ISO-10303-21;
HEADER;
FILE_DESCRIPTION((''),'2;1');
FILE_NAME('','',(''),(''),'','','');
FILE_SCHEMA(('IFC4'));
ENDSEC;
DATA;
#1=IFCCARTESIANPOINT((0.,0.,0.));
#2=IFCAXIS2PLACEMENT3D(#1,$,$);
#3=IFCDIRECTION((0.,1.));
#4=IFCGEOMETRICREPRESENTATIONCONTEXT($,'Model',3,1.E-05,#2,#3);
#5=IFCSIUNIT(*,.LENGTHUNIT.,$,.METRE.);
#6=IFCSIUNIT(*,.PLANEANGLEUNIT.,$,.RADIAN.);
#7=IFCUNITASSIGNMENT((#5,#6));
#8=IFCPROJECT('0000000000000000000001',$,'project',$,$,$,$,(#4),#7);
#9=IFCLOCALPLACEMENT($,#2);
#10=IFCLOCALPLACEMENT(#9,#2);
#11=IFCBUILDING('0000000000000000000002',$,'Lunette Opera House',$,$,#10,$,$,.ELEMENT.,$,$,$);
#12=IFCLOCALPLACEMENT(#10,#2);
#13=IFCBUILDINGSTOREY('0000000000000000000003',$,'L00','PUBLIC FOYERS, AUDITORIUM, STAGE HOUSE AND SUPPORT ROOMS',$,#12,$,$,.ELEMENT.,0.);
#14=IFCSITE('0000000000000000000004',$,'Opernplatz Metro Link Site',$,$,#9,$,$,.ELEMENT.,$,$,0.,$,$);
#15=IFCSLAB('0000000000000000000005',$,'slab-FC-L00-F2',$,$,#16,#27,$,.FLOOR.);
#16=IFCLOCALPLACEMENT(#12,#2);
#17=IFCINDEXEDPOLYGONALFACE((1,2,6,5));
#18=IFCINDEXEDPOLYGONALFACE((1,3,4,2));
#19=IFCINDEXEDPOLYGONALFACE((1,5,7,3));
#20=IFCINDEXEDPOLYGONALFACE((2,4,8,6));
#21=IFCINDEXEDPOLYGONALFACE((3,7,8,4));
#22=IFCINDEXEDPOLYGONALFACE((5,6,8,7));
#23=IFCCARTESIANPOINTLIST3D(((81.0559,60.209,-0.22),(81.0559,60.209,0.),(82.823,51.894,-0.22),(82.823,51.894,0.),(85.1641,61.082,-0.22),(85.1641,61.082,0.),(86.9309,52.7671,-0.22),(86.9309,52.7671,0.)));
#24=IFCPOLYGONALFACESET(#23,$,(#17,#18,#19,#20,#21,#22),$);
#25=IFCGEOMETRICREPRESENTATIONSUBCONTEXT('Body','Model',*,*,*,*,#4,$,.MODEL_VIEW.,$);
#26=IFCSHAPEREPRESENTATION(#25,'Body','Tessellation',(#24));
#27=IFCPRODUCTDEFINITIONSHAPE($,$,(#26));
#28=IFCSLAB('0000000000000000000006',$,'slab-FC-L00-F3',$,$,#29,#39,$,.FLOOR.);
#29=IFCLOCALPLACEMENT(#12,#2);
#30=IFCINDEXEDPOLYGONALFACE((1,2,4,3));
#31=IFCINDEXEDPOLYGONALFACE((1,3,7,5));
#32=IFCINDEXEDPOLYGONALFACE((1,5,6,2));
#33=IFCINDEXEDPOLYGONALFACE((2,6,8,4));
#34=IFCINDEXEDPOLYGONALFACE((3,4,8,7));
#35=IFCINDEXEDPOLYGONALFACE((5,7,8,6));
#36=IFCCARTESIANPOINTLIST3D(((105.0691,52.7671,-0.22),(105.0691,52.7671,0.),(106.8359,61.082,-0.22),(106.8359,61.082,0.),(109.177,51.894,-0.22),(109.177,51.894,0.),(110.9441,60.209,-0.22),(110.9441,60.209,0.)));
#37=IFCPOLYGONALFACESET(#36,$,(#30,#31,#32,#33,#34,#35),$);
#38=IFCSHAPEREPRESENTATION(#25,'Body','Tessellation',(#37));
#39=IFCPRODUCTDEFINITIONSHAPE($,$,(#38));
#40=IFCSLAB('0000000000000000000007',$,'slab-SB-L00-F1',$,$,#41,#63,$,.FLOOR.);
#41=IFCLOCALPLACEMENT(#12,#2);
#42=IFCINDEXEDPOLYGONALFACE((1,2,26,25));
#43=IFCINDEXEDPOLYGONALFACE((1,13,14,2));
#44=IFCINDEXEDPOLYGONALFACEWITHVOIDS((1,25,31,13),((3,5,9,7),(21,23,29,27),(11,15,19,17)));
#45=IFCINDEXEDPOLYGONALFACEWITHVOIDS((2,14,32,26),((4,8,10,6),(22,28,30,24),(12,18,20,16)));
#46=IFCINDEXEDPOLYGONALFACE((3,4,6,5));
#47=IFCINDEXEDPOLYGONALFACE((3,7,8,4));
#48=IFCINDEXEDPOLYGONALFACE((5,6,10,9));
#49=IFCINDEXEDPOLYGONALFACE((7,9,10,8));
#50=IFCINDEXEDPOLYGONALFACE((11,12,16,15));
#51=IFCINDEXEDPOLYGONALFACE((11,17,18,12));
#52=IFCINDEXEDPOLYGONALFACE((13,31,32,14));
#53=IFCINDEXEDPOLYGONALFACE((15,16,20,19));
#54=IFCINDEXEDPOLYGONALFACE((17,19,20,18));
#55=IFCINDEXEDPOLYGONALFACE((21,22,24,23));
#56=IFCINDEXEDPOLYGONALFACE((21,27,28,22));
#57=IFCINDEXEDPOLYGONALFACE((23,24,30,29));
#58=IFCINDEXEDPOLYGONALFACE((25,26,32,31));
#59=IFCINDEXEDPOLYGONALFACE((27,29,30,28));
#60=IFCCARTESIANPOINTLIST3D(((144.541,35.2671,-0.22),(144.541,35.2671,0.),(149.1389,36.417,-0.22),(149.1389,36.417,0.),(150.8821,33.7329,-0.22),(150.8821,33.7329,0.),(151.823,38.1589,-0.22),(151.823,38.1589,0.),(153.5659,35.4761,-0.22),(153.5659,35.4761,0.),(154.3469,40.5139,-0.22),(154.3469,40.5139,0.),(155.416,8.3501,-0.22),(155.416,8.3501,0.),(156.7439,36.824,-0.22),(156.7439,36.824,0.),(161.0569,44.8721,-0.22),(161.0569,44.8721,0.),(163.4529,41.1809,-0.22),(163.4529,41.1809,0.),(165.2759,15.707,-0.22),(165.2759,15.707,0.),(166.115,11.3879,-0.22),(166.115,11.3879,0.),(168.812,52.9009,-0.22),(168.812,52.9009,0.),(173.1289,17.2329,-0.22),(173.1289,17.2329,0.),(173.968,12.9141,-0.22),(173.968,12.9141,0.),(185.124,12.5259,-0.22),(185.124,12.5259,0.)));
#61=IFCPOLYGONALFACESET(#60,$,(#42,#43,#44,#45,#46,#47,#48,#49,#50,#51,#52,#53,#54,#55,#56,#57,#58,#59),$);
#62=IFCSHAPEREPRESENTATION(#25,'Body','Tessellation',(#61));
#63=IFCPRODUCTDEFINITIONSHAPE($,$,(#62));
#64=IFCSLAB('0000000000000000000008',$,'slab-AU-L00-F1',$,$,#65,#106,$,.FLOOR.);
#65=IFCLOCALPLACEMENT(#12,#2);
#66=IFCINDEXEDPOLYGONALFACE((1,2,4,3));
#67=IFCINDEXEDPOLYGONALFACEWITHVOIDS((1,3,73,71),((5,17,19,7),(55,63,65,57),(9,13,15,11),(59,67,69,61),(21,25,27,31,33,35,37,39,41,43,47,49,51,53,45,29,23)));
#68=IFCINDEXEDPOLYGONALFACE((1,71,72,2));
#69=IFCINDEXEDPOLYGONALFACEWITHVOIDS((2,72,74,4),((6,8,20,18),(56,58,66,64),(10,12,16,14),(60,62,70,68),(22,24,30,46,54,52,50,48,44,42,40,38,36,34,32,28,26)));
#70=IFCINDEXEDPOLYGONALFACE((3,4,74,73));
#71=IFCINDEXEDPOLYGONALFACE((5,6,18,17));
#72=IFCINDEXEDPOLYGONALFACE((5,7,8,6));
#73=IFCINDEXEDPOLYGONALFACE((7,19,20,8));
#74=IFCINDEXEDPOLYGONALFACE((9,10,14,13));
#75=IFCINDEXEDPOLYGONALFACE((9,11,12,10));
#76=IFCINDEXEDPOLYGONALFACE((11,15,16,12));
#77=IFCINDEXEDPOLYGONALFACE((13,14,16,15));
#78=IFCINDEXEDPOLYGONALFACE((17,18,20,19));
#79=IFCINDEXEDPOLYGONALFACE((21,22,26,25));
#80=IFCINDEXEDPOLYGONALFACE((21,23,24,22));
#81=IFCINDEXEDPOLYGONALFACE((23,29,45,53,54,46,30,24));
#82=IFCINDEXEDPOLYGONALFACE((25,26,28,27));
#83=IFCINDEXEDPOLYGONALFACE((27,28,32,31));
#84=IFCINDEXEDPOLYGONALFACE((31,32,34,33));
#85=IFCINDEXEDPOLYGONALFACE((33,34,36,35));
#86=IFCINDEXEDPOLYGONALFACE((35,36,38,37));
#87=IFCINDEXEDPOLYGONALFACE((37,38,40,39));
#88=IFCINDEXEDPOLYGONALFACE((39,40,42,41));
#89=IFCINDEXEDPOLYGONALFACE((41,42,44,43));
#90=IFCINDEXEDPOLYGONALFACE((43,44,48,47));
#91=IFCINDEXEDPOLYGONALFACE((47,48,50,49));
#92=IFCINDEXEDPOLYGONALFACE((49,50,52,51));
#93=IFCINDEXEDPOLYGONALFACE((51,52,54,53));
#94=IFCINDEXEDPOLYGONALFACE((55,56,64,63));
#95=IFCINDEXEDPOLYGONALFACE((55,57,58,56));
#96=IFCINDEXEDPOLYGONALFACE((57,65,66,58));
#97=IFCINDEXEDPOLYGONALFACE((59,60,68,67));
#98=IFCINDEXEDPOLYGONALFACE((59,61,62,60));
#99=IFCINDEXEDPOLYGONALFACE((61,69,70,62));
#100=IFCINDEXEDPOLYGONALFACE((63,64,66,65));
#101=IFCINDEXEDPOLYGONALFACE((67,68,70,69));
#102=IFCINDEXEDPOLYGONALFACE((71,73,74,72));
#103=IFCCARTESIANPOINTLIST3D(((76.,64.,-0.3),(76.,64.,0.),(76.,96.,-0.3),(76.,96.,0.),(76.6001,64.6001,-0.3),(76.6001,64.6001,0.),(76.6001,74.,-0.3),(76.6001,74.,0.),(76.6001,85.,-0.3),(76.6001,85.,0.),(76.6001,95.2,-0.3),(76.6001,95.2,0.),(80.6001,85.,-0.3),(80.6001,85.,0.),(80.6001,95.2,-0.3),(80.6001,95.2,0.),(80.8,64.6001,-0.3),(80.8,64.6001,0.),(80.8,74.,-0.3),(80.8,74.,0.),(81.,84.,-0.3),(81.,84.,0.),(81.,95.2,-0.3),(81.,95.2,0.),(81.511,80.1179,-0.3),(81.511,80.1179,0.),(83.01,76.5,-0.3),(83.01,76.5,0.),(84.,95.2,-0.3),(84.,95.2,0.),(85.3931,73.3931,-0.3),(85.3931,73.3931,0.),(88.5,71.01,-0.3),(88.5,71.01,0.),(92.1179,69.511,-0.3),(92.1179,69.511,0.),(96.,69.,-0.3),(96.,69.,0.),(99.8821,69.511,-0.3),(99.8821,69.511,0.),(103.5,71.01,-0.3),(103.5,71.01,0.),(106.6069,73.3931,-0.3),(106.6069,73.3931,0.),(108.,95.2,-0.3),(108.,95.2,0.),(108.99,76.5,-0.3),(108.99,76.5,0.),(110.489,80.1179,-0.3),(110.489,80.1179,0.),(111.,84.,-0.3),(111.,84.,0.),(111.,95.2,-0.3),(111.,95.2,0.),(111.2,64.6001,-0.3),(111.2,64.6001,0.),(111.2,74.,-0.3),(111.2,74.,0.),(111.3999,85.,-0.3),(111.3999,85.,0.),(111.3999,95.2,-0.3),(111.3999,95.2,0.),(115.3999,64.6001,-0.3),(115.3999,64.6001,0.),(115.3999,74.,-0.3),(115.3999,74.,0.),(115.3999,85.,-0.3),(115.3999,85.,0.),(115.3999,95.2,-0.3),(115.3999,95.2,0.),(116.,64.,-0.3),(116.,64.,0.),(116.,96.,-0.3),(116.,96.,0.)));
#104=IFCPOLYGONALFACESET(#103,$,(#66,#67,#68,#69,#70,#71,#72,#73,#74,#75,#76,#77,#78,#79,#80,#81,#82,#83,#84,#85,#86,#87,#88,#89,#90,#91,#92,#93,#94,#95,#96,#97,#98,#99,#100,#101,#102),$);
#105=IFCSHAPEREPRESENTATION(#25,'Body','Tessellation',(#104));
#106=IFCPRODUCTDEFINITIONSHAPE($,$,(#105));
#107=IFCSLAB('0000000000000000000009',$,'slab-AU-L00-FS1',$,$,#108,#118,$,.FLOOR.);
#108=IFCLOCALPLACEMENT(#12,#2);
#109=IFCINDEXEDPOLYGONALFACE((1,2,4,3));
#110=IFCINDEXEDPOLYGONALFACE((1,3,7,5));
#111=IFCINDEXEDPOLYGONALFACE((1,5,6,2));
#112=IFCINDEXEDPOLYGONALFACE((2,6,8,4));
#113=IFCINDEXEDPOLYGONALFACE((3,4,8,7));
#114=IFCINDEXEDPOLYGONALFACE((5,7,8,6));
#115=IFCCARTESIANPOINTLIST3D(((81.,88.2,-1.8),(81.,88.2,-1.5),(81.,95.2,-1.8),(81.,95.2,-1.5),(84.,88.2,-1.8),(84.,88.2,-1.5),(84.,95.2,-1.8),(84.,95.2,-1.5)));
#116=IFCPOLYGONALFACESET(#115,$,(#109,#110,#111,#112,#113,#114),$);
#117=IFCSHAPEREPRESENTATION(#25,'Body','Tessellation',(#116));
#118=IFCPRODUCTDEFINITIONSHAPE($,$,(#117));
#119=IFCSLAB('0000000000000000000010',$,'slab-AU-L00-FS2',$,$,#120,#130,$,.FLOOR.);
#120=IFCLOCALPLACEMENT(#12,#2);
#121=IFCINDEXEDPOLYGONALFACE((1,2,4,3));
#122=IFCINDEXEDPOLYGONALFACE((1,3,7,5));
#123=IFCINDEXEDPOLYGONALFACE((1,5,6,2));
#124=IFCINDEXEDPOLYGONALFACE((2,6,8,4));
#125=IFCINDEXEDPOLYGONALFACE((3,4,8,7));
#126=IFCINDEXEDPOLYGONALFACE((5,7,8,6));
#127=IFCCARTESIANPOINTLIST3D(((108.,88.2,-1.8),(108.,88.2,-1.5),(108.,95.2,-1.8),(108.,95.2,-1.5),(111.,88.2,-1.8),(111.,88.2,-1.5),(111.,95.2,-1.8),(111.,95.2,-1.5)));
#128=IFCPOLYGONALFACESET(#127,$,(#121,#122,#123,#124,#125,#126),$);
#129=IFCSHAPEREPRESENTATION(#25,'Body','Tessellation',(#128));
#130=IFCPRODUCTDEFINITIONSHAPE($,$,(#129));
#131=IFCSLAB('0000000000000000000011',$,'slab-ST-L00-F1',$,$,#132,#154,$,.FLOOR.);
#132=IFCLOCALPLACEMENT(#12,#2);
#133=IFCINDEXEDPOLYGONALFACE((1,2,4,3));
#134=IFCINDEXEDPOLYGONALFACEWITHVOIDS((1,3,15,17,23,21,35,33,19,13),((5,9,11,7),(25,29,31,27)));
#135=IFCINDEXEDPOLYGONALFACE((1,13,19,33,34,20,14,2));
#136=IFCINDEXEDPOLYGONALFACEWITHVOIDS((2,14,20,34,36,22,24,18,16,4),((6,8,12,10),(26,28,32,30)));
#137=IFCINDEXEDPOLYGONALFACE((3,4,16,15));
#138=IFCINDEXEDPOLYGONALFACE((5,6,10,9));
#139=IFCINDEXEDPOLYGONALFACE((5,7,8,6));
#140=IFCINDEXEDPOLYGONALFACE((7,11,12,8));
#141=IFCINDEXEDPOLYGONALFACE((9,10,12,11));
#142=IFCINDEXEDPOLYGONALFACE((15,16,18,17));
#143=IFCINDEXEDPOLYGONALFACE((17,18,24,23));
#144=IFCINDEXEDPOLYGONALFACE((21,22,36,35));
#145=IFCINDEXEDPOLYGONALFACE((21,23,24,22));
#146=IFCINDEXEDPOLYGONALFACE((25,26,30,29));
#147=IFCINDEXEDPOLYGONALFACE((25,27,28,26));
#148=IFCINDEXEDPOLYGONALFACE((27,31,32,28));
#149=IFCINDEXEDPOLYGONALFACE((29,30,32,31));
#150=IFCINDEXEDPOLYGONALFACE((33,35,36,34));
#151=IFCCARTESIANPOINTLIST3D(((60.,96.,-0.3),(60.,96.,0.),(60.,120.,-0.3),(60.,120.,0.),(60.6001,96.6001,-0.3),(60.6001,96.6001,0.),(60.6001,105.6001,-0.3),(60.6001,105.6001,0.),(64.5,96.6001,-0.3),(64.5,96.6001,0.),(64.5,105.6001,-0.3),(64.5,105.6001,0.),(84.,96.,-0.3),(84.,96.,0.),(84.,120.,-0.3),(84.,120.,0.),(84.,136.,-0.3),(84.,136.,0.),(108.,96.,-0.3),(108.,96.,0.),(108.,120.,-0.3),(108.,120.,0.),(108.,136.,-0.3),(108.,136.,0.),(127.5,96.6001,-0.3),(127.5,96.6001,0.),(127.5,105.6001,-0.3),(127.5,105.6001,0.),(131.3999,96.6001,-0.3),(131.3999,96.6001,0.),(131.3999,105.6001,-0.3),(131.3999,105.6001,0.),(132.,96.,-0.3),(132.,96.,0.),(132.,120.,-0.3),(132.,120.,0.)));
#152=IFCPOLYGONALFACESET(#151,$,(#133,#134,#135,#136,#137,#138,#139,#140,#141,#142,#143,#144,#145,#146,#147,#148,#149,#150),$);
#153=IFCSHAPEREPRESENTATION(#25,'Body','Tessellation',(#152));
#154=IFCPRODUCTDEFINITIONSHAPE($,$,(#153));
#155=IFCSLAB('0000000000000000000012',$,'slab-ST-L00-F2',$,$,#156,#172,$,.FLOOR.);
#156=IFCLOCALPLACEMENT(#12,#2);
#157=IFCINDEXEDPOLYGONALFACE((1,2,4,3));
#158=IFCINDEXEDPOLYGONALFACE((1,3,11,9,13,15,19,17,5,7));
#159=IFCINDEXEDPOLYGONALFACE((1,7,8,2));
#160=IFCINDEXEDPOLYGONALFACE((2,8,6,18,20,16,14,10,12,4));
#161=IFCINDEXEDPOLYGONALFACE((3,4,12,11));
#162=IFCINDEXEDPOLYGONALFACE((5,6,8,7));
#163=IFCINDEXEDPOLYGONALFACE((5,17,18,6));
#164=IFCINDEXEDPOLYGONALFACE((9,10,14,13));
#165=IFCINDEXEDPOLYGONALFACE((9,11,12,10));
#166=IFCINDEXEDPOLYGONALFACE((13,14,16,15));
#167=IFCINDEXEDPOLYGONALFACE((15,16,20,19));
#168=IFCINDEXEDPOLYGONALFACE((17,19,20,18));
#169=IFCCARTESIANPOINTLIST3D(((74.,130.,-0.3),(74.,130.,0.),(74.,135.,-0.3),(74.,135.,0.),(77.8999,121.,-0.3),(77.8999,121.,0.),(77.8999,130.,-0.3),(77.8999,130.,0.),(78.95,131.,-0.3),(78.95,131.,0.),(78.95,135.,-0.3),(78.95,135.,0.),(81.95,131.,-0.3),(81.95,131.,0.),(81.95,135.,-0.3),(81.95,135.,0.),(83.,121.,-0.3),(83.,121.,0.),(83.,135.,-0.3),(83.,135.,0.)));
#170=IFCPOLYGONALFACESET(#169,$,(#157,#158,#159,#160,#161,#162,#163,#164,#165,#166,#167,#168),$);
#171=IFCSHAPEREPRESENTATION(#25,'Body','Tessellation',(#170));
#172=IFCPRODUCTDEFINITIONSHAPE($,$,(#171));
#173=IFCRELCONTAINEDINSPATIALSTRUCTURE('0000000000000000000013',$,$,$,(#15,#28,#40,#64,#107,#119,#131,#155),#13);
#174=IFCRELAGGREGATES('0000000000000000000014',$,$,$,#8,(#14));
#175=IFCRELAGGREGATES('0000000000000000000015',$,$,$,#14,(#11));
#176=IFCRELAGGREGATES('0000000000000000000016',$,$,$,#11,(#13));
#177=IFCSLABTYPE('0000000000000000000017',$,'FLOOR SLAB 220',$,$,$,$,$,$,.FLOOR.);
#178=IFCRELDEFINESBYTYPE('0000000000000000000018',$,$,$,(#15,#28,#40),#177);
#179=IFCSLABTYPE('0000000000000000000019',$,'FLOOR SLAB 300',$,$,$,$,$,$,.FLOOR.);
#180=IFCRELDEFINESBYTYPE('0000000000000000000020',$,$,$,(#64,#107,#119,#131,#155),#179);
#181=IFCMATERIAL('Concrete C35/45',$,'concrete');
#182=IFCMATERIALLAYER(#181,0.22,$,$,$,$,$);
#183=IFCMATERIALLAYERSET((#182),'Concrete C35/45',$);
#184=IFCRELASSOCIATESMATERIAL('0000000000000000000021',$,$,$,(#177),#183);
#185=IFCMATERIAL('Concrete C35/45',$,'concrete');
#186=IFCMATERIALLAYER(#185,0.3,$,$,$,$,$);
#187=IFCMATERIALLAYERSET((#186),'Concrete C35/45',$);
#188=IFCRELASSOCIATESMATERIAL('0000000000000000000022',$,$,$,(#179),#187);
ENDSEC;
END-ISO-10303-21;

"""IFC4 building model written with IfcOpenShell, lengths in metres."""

from ifc_helpers import new_model, si_unit, direction, frame, origin, place, context, subcontext, project, spatial, polyline, outline, extrude, material, layer, layer_set, type_object, element, save


model = new_model("IFC4")

# Units and contexts
model_context = context("Model", 3, precision=1e-05, world=origin(), true_north=direction((0.0, 1.0)))
body_context = subcontext(model_context, "Body", "Model", "MODEL_VIEW")
ifc_project = project(units=[si_unit("LENGTHUNIT", "METRE"), si_unit("PLANEANGLEUNIT", "RADIAN")], contexts=[model_context])

# Site, building, storey
site_placement = place(None, origin())
site = spatial("IfcSite", under=ifc_project, at=site_placement, Name="Opernplatz Metro Link Site", CompositionType="ELEMENT", RefElevation=0.0)
building_placement = place(site_placement, origin())
building = spatial("IfcBuilding", under=site, at=building_placement, Name="Lunette Opera House", CompositionType="ELEMENT")
storey_placement = place(building_placement, origin())
storey = spatial("IfcBuildingStorey", under=building, at=storey_placement, Name="L00", Description="PUBLIC FOYERS, AUDITORIUM, STAGE HOUSE AND SUPPORT ROOMS", CompositionType="ELEMENT", Elevation=0.0)

# Slabs
ifc_material_1 = material(Name="Concrete C35/45", Category="concrete")
ifc_layer_1 = layer(ifc_material_1, 0.22)
ifc_layer_set_1 = layer_set([ifc_layer_1], Name="Concrete C35/45")
slab_type_1 = type_object("IfcSlabType", Name="FLOOR SLAB 220", PredefinedType="FLOOR", material=ifc_layer_set_1)
slab_1_placement = place(storey_placement, frame((0.0, 0.0, -0.22)))
element("IfcSlab", 1, at=slab_1_placement, inside=storey, type_object=slab_type_1, Name="slab-FC-L00-F2", PredefinedType="FLOOR", context=body_context, shape_type="SweptSolid", body=[
    extrude(outline(polyline([(81.0559, 60.209), (82.823, 51.894), (86.9309, 52.7671), (85.1641, 61.082), (81.0559, 60.209)])), origin(), (0.0, 0.0, 1.0), 0.22),
])
slab_2_placement = place(storey_placement, frame((0.0, 0.0, -0.22)))
element("IfcSlab", 2, at=slab_2_placement, inside=storey, type_object=slab_type_1, Name="slab-FC-L00-F3", PredefinedType="FLOOR", context=body_context, shape_type="SweptSolid", body=[
    extrude(outline(polyline([(106.8359, 61.082), (105.0691, 52.7671), (109.177, 51.894), (110.9441, 60.209), (106.8359, 61.082)])), origin(), (0.0, 0.0, 1.0), 0.22),
])
slab_3_placement = place(storey_placement, frame((0.0, 0.0, -0.22)))
element("IfcSlab", 3, at=slab_3_placement, inside=storey, type_object=slab_type_1, Name="slab-SB-L00-F1", PredefinedType="FLOOR", context=body_context, shape_type="SweptSolid", body=[
    extrude(outline(polyline([(185.124, 12.5259), (168.812, 52.9009), (144.541, 35.2671), (155.416, 8.3501), (185.124, 12.5259)]), holes=[polyline([(165.2759, 15.707), (173.1289, 17.2329), (173.968, 12.9141), (166.115, 11.3879), (165.2759, 15.707)]), polyline([(151.823, 38.1589), (153.5659, 35.4761), (150.8821, 33.7329), (149.1389, 36.417), (151.823, 38.1589)]), polyline([(161.0569, 44.8721), (163.4529, 41.1809), (156.7439, 36.824), (154.3469, 40.5139), (161.0569, 44.8721)])]), origin(), (0.0, 0.0, 1.0), 0.22),
])
ifc_material_2 = material(Name="Concrete C35/45", Category="concrete")
ifc_layer_2 = layer(ifc_material_2, 0.3)
ifc_layer_set_2 = layer_set([ifc_layer_2], Name="Concrete C35/45")
slab_type_2 = type_object("IfcSlabType", Name="FLOOR SLAB 300", PredefinedType="FLOOR", material=ifc_layer_set_2)
slab_4_placement = place(storey_placement, frame((0.0, 0.0, -0.3)))
element("IfcSlab", 4, at=slab_4_placement, inside=storey, type_object=slab_type_2, Name="slab-AU-L00-F1", PredefinedType="FLOOR", context=body_context, shape_type="SweptSolid", body=[
    extrude(outline(polyline([(116.0, 96.0), (76.0, 96.0), (76.0, 64.0), (116.0, 64.0), (116.0, 96.0)]), holes=[polyline([(84.0, 95.2), (108.0, 95.2), (111.0, 95.2), (111.0, 84.0), (110.489, 80.1179), (108.99, 76.5), (106.6069, 73.3931), (103.5, 71.01), (99.8821, 69.511), (96.0, 69.0), (92.1179, 69.511), (88.5, 71.01), (85.3931, 73.3931), (83.01, 76.5), (81.511, 80.1179), (81.0, 84.0), (81.0, 95.2), (84.0, 95.2)]), polyline([(80.8, 64.6001), (76.6001, 64.6001), (76.6001, 74.0), (80.8, 74.0), (80.8, 64.6001)]), polyline([(115.3999, 64.6001), (111.2, 64.6001), (111.2, 74.0), (115.3999, 74.0), (115.3999, 64.6001)]), polyline([(80.6001, 85.0), (76.6001, 85.0), (76.6001, 95.2), (80.6001, 95.2), (80.6001, 85.0)]), polyline([(115.3999, 85.0), (111.3999, 85.0), (111.3999, 95.2), (115.3999, 95.2), (115.3999, 85.0)])]), origin(), (0.0, 0.0, 1.0), 0.3),
])
slab_5_placement = place(storey_placement, frame((0.0, 0.0, -1.8)))
element("IfcSlab", 5, at=slab_5_placement, inside=storey, type_object=slab_type_2, Name="slab-AU-L00-FS1", PredefinedType="FLOOR", context=body_context, shape_type="SweptSolid", body=[
    extrude(outline(polyline([(84.0, 95.2), (81.0, 95.2), (81.0, 88.2), (84.0, 88.2), (84.0, 95.2)])), origin(), (0.0, 0.0, 1.0), 0.3),
])
slab_6_placement = place(storey_placement, frame((0.0, 0.0, -1.8)))
element("IfcSlab", 6, at=slab_6_placement, inside=storey, type_object=slab_type_2, Name="slab-AU-L00-FS2", PredefinedType="FLOOR", context=body_context, shape_type="SweptSolid", body=[
    extrude(outline(polyline([(111.0, 95.2), (108.0, 95.2), (108.0, 88.2), (111.0, 88.2), (111.0, 95.2)])), origin(), (0.0, 0.0, 1.0), 0.3),
])
slab_7_placement = place(storey_placement, frame((0.0, 0.0, -0.3)))
element("IfcSlab", 7, at=slab_7_placement, inside=storey, type_object=slab_type_2, Name="slab-ST-L00-F1", PredefinedType="FLOOR", context=body_context, shape_type="SweptSolid", body=[
    extrude(outline(polyline([(60.0, 120.0), (60.0, 96.0), (84.0, 96.0), (108.0, 96.0), (132.0, 96.0), (132.0, 120.0), (108.0, 120.0), (108.0, 136.0), (84.0, 136.0), (84.0, 120.0), (60.0, 120.0)]), holes=[polyline([(60.6001, 96.6001), (60.6001, 105.6001), (64.5, 105.6001), (64.5, 96.6001), (60.6001, 96.6001)]), polyline([(127.5, 105.6001), (131.3999, 105.6001), (131.3999, 96.6001), (127.5, 96.6001), (127.5, 105.6001)])]), origin(), (0.0, 0.0, 1.0), 0.3),
])
slab_8_placement = place(storey_placement, frame((0.0, 0.0, -0.3)))
element("IfcSlab", 8, at=slab_8_placement, inside=storey, type_object=slab_type_2, Name="slab-ST-L00-F2", PredefinedType="FLOOR", context=body_context, shape_type="SweptSolid", body=[
    extrude(outline(polyline([(83.0, 135.0), (81.95, 135.0), (81.95, 131.0), (78.95, 131.0), (78.95, 135.0), (74.0, 135.0), (74.0, 130.0), (77.8999, 130.0), (77.8999, 121.0), (83.0, 121.0), (83.0, 135.0)])), origin(), (0.0, 0.0, 1.0), 0.3),
])

save(model, "model.ifc")
